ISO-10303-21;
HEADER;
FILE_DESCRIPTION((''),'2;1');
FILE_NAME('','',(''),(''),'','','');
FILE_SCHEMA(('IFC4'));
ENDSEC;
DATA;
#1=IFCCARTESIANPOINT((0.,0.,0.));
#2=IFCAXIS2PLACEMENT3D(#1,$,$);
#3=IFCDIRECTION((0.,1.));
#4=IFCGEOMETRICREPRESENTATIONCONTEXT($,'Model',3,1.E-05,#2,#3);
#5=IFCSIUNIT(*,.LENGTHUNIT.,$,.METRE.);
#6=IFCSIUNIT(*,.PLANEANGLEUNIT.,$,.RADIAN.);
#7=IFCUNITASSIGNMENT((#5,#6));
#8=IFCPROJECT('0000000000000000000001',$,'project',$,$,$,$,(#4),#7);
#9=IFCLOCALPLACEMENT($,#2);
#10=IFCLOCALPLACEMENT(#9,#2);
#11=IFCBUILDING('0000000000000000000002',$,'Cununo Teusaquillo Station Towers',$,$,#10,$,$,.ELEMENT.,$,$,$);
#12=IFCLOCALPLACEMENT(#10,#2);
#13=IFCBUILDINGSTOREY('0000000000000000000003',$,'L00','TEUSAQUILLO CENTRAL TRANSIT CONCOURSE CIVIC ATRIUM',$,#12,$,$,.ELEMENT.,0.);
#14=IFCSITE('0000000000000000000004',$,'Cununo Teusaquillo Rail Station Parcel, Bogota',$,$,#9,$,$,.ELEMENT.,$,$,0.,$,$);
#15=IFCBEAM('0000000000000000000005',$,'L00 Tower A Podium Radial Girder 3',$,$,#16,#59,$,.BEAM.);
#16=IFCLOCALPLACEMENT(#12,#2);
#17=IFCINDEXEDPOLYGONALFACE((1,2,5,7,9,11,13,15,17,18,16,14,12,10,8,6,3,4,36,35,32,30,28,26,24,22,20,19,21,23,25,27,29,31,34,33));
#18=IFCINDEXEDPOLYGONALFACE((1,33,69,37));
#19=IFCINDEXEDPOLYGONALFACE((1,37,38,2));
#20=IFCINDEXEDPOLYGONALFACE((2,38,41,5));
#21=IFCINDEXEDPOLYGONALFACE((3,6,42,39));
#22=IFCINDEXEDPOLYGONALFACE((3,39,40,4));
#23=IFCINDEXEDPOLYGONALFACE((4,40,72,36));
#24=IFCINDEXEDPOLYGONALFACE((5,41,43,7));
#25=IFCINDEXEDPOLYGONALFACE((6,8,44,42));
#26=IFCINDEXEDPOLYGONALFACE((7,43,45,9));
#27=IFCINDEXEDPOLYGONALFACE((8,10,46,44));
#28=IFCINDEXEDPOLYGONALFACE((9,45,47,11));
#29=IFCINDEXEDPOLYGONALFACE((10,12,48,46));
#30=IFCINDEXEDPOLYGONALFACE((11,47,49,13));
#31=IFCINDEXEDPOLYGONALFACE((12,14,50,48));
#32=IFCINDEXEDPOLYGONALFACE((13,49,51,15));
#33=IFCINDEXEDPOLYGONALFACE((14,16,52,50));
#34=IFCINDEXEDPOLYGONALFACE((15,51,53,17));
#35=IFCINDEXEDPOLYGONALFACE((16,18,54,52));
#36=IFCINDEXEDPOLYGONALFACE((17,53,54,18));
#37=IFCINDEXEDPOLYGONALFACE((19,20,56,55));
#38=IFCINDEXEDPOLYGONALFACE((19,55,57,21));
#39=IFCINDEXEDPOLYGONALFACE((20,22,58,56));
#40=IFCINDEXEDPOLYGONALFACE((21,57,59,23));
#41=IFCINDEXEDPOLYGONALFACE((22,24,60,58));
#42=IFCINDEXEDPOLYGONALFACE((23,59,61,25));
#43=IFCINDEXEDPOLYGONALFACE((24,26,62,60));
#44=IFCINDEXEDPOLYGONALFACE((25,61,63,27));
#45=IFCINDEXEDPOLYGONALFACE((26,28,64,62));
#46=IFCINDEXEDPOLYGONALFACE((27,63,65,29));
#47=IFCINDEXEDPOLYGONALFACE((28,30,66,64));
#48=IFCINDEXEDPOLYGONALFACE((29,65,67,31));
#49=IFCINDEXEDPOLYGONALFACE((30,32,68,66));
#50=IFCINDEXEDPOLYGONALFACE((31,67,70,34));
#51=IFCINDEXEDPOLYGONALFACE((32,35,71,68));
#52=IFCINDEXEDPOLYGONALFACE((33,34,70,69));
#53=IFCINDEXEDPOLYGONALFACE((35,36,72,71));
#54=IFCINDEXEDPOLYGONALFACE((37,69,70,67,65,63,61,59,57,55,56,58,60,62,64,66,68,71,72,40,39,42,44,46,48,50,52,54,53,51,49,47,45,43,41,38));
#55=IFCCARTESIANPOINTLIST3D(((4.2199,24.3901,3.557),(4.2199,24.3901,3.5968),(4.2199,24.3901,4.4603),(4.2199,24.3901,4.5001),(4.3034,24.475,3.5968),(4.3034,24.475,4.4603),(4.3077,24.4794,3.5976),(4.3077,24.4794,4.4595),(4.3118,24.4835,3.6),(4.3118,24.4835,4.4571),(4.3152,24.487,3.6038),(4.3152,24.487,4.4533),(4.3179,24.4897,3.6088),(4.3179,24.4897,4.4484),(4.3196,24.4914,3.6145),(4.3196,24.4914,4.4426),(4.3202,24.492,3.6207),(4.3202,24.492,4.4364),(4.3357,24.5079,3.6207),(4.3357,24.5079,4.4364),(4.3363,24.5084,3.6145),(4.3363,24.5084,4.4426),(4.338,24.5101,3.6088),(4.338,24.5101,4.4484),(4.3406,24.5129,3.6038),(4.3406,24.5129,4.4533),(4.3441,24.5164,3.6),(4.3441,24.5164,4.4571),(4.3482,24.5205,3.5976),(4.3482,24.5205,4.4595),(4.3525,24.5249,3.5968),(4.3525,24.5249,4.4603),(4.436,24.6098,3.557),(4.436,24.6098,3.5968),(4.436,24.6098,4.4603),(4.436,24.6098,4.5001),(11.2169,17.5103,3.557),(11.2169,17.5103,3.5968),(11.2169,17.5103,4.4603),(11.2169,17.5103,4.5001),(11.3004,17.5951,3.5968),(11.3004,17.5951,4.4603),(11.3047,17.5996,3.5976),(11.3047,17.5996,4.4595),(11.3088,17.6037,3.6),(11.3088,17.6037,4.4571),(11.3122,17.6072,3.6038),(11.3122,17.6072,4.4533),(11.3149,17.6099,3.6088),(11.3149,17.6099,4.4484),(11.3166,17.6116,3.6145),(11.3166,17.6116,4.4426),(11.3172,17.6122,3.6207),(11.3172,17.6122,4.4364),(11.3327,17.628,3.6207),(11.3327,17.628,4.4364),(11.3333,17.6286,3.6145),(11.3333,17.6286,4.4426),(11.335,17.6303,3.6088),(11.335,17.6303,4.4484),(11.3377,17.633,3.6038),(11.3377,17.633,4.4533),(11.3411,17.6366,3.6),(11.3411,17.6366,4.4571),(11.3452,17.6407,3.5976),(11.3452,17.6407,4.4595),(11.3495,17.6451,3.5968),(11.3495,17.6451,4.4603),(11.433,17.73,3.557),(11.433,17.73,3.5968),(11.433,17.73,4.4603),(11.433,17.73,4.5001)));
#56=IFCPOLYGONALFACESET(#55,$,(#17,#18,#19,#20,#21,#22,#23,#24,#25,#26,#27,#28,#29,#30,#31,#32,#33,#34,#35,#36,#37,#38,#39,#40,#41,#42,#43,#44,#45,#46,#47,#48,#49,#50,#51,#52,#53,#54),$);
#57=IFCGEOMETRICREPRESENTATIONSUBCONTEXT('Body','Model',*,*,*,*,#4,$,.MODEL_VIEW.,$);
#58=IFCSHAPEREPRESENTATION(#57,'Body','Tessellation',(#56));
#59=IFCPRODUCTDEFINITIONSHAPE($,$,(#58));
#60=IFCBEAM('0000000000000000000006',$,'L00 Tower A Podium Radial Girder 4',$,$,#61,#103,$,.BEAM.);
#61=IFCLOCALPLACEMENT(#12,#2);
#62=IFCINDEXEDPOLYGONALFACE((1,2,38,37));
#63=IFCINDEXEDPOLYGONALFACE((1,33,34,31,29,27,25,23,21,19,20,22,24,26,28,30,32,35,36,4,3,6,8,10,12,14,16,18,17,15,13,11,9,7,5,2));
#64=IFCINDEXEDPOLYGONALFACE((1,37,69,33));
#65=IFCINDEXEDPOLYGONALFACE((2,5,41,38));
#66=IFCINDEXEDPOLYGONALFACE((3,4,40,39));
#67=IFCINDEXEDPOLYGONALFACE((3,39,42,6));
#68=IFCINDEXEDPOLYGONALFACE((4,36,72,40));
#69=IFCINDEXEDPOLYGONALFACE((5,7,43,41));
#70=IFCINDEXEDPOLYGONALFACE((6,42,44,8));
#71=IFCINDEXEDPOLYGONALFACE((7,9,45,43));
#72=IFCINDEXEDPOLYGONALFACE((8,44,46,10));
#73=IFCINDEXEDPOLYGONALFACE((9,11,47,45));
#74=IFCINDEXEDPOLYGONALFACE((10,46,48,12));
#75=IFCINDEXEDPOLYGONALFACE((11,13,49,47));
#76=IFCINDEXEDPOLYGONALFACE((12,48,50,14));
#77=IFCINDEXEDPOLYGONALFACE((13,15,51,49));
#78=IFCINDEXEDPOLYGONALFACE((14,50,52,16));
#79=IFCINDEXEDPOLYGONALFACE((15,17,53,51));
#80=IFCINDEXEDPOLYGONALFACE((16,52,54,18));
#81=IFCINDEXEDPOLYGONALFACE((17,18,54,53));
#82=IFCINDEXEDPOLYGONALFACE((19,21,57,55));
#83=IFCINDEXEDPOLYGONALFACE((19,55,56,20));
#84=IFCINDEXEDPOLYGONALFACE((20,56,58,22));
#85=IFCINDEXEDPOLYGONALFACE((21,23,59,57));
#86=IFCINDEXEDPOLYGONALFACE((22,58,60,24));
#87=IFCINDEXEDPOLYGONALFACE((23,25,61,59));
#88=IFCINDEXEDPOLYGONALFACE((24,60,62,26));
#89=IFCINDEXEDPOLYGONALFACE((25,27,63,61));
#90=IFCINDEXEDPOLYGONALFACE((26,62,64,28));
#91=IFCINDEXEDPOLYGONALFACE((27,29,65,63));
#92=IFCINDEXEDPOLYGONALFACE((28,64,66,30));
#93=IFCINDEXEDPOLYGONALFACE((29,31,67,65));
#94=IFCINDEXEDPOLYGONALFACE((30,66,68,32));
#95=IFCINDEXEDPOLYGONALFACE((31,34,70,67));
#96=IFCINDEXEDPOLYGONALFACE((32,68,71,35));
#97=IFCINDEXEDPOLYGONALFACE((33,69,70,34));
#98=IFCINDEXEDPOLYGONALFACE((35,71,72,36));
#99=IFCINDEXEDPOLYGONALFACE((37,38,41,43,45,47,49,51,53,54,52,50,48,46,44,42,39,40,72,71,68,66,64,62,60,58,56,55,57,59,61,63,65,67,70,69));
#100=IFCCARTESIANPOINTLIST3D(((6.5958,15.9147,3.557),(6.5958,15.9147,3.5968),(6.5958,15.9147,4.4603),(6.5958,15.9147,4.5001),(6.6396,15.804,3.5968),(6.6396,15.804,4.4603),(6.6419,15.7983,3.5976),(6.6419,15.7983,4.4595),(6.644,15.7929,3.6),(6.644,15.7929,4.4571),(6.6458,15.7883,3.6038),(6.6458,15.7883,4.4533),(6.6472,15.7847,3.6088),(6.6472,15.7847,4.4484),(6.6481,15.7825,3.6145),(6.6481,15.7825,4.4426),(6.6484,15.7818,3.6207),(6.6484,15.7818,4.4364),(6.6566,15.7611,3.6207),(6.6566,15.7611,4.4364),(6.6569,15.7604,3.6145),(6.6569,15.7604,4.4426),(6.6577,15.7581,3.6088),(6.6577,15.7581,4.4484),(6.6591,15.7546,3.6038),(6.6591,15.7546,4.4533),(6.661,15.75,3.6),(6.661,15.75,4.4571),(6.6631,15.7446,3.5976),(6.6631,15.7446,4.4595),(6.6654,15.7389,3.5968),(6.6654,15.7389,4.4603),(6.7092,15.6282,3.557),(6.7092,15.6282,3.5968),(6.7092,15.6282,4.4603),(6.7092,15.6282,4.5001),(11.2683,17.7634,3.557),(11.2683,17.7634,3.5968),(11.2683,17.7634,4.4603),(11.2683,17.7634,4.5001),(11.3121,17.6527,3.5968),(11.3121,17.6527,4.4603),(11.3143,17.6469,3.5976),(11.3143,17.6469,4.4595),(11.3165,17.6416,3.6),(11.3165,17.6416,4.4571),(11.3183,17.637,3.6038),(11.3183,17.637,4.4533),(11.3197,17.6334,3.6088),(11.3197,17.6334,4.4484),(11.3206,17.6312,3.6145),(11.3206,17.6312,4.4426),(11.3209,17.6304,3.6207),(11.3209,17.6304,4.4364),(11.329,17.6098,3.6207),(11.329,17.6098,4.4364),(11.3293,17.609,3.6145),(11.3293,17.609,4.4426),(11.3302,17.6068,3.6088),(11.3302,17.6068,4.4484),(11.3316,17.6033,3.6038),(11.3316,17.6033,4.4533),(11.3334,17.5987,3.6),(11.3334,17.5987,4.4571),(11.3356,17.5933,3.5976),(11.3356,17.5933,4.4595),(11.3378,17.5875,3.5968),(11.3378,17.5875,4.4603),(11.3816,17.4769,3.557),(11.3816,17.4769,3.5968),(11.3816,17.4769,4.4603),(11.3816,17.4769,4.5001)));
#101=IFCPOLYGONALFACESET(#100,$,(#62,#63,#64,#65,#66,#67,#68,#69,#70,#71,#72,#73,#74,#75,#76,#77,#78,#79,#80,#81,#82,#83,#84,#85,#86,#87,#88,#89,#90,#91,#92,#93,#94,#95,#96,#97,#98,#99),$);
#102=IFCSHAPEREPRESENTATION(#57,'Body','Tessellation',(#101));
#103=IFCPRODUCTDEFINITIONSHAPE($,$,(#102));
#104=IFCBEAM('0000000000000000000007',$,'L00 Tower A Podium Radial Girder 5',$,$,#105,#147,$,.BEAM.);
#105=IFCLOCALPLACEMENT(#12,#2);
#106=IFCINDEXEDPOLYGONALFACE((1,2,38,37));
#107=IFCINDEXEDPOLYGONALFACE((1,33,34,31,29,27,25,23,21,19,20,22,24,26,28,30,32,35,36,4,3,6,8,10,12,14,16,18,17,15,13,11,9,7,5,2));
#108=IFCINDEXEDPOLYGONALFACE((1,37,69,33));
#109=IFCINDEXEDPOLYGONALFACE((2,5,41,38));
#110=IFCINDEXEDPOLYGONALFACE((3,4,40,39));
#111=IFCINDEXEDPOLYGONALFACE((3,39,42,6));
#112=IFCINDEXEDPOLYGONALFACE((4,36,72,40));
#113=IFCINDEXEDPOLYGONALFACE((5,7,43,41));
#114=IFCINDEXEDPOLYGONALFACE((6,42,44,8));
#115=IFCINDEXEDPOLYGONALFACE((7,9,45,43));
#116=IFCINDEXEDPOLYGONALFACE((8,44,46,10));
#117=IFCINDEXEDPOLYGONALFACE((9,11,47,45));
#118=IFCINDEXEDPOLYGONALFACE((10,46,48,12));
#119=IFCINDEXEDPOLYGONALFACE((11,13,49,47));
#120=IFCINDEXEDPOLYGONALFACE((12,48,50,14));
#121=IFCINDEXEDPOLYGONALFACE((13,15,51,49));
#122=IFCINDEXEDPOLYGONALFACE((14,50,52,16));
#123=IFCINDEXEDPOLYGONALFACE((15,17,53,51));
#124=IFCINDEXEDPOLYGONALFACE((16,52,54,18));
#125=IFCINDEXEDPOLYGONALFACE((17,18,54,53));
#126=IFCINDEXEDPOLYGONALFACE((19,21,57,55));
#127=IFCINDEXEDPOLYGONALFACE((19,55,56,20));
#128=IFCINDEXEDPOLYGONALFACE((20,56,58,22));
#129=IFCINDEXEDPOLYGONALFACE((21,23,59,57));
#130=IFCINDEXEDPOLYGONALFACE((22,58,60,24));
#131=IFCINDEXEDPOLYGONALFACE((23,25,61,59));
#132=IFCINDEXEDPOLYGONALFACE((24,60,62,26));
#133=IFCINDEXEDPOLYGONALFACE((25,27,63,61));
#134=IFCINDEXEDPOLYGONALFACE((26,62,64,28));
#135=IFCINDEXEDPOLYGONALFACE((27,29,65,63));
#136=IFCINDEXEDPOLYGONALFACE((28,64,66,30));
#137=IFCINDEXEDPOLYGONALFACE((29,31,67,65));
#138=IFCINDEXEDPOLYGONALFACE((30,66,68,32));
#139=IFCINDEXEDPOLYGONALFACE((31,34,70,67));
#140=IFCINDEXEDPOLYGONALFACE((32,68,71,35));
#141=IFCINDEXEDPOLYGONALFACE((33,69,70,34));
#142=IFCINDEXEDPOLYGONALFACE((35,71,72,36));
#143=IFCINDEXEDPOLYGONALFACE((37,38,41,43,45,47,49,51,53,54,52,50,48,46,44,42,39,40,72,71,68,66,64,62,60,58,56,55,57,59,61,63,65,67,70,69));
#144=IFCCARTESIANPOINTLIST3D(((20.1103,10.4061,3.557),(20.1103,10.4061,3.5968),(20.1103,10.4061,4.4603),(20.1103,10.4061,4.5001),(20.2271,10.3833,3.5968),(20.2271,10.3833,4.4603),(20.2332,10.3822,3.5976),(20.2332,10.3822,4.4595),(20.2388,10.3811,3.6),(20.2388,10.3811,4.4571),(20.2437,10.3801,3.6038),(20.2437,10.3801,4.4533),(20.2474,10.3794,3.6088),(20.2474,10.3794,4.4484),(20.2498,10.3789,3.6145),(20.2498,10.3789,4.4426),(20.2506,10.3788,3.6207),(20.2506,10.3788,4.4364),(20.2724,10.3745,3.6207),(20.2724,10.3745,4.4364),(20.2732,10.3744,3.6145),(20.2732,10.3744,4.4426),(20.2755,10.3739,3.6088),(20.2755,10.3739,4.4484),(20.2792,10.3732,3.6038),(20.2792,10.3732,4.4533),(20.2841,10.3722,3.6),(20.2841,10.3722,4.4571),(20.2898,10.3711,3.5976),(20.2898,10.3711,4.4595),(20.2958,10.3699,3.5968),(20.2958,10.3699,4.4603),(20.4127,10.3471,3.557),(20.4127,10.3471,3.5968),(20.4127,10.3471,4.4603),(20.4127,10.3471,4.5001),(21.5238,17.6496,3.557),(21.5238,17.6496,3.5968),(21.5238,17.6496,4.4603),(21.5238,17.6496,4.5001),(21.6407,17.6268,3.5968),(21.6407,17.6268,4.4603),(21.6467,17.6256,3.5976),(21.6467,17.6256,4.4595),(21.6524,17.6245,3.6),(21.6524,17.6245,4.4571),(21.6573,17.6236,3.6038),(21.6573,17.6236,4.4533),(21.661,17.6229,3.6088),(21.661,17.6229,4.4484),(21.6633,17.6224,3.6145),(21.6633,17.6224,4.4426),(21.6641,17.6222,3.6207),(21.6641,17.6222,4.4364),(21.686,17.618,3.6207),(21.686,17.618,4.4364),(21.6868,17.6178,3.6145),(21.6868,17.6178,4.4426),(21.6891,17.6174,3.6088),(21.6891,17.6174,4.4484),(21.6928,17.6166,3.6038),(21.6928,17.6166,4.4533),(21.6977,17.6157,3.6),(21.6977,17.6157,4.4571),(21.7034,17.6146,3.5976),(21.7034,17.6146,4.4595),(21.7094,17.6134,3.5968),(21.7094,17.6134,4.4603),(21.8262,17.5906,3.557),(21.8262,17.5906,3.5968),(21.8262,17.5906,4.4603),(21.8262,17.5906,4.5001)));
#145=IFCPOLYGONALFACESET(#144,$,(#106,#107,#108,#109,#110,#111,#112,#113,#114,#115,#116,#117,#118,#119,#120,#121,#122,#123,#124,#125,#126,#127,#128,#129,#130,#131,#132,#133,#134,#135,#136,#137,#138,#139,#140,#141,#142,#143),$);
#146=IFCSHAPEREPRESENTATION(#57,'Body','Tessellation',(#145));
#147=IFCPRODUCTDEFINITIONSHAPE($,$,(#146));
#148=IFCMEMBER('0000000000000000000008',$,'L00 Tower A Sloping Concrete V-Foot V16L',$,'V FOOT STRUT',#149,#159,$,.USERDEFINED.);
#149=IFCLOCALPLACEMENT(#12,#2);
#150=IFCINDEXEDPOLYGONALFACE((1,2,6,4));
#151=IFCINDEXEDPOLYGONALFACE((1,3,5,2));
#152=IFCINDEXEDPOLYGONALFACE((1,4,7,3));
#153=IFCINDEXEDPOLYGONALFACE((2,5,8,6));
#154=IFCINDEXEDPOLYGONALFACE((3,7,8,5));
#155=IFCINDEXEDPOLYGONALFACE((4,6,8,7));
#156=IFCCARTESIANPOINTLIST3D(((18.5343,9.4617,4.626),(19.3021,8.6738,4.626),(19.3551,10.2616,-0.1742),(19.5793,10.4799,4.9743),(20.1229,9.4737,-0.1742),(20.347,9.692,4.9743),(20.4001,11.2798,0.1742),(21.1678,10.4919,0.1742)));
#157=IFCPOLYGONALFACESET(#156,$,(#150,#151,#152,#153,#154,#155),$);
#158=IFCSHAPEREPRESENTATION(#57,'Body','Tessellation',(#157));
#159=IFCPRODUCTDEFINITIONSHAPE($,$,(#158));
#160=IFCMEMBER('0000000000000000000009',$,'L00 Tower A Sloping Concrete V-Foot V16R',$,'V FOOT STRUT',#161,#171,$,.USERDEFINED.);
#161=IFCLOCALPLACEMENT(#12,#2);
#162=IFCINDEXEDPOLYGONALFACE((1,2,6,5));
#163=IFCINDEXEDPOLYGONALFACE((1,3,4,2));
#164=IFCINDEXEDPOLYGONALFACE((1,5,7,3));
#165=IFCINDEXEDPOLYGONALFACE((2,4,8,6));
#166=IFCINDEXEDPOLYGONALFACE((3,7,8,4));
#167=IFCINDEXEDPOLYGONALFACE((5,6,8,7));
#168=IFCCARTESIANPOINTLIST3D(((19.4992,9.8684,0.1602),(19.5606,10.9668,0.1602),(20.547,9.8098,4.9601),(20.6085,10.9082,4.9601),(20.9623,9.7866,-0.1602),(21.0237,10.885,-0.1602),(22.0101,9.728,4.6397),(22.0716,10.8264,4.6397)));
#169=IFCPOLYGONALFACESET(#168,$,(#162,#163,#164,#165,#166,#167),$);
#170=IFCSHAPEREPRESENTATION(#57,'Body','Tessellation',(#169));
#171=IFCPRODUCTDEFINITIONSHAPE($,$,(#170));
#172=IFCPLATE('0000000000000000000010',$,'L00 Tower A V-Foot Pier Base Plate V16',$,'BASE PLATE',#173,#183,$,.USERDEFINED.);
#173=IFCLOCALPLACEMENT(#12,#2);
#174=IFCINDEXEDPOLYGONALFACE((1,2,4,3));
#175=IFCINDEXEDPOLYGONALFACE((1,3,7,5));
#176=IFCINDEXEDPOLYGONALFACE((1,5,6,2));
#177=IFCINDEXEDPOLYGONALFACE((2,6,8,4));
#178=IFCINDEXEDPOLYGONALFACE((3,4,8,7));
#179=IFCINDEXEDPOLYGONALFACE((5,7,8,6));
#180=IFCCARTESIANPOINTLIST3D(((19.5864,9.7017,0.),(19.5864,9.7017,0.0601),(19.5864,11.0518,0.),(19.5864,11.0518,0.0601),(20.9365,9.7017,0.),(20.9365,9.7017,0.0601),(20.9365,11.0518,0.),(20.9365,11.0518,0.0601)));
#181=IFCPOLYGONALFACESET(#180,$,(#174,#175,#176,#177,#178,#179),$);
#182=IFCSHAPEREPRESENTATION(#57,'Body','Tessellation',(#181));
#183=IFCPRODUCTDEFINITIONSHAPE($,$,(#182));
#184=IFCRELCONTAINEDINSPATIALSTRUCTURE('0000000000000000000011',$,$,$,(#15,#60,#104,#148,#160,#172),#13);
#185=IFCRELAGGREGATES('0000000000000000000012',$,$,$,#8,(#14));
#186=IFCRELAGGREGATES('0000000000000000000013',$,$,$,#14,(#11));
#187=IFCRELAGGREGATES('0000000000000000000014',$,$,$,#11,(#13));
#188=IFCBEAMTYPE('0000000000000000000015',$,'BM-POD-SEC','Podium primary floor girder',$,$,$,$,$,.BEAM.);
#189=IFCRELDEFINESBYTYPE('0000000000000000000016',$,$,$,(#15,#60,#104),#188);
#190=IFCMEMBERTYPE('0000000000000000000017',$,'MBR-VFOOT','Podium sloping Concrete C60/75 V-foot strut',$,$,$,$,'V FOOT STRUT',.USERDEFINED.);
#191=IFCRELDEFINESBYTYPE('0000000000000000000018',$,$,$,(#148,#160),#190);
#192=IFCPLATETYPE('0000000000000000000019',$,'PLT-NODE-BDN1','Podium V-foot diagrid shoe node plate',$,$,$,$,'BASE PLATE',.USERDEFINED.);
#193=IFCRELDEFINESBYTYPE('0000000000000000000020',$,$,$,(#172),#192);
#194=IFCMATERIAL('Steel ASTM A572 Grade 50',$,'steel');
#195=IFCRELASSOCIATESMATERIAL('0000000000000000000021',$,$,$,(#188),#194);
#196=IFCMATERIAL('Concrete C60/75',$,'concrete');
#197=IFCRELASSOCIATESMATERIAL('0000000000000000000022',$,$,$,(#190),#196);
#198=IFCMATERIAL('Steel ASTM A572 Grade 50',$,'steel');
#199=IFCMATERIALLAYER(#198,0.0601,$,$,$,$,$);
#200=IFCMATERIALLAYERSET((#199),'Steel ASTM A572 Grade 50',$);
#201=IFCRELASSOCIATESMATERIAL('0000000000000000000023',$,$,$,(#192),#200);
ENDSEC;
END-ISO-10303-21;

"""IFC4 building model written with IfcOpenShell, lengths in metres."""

from ifc_helpers import new_model, si_unit, direction, frame, origin, origin_2d, place, context, subcontext, project, spatial, rectangle, i_section, extrude, source, transform, mapped, material, layer, layer_set, material_profile, profile_set, type_object, element, save


model = new_model("IFC4")

# Units and contexts
model_context = context("Model", 3, precision=1e-05, world=origin(), true_north=direction((0.0, 1.0)))
body_context = subcontext(model_context, "Body", "Model", "MODEL_VIEW")
ifc_project = project(units=[si_unit("LENGTHUNIT", "METRE"), si_unit("PLANEANGLEUNIT", "RADIAN")], contexts=[model_context])

# Site, building, storey
site_placement = place(None, origin())
site = spatial("IfcSite", under=ifc_project, at=site_placement, Name="Cununo Teusaquillo Rail Station Parcel, Bogota", CompositionType="ELEMENT", RefElevation=0.0)
building_placement = place(site_placement, origin())
building = spatial("IfcBuilding", under=site, at=building_placement, Name="Cununo Teusaquillo Station Towers", CompositionType="ELEMENT")
storey_placement = place(building_placement, origin())
storey = spatial("IfcBuildingStorey", under=building, at=storey_placement, Name="L00", Description="TEUSAQUILLO CENTRAL TRANSIT CONCOURSE CIVIC ATRIUM", CompositionType="ELEMENT", Elevation=0.0)

# Beams
ifc_material_1 = material(Name="Steel ASTM A572 Grade 50", Category="steel")
ifc_material_profile_1 = material_profile(ifc_material_1, i_section(OverallWidth=0.3081, OverallDepth=0.9431, WebThickness=0.0222, FlangeThickness=0.0398, FilletRadius=0.0239, at=origin_2d()), Name="W36X232")
ifc_profile_set_1 = profile_set([ifc_material_profile_1], Name="Steel ASTM A572 Grade 50")
beam_type_1 = type_object("IfcBeamType", Name="BM-POD-SEC", Description="Podium primary floor girder", PredefinedType="BEAM", material=ifc_profile_set_1)
beam_1_placement = place(storey_placement, frame((11.325, 17.6201, 4.0286), z_axis=(-0.713053, 0.70111, 0.0), x_axis=(-0.70111, -0.713053, 0.0)))
element("IfcBeam", 1, at=beam_1_placement, inside=storey, type_object=beam_type_1, Name="L00 Tower A Podium Radial Girder 3", PredefinedType="BEAM", context=body_context, shape_type="SweptSolid", body=[
    extrude(i_section(OverallWidth=0.3081, OverallDepth=0.9431, WebThickness=0.0222, FlangeThickness=0.0398, FilletRadius=0.0239, at=origin_2d()), origin(), (0.0, 0.0, 1.0), 9.8127),
])
beam_2_placement = place(storey_placement, frame((11.325, 17.6201, 4.0286), z_axis=(-0.929864, -0.367903, 0.0), x_axis=(0.367903, -0.929864, 0.0)))
element("IfcBeam", 2, at=beam_2_placement, inside=storey, type_object=beam_type_1, Name="L00 Tower A Podium Radial Girder 4", PredefinedType="BEAM", context=body_context, shape_type="SweptSolid", body=[
    extrude(i_section(OverallWidth=0.3081, OverallDepth=0.9431, WebThickness=0.0222, FlangeThickness=0.0398, FilletRadius=0.0239, at=origin_2d()), origin(), (0.0, 0.0, 1.0), 5.0249),
])
beam_3_placement = place(storey_placement, frame((21.675, 17.6201, 4.0286), z_axis=(-0.19154, -0.981485, 0.0), x_axis=(0.981485, -0.19154, 0.0)))
element("IfcBeam", 3, at=beam_3_placement, inside=storey, type_object=beam_type_1, Name="L00 Tower A Podium Radial Girder 5", PredefinedType="BEAM", context=body_context, shape_type="SweptSolid", body=[
    extrude(i_section(OverallWidth=0.3081, OverallDepth=0.9431, WebThickness=0.0222, FlangeThickness=0.0398, FilletRadius=0.0239, at=origin_2d()), origin(), (0.0, 0.0, 1.0), 7.3801),
])

# Members
ifc_material_2 = material(Name="Concrete C60/75", Category="concrete")
ifc_material_profile_2 = material_profile(ifc_material_2, rectangle(XDim=1.1001, YDim=1.5, at=origin_2d()), Name="RC-RECT-1500x1100")
ifc_profile_set_2 = profile_set([ifc_material_profile_2], Name="Concrete C60/75")
member_type = type_object("IfcMemberType", Name="MBR-VFOOT", Description="Podium sloping Concrete C60/75 V-foot strut", ElementType="V FOOT STRUT", PredefinedType="USERDEFINED", material=ifc_profile_set_2)
member_1_placement = place(storey_placement, frame((20.2615, 10.3767, 0.0), z_axis=(-0.166324, -0.162069, 0.972661), x_axis=(0.697887, -0.716208, 0.0)))
element("IfcMember", 4, at=member_1_placement, inside=storey, type_object=member_type, Name="L00 Tower A Sloping Concrete V-Foot V16L", ObjectType="V FOOT STRUT", PredefinedType="USERDEFINED", context=body_context, shape_type="SweptSolid", body=[
    extrude(rectangle(XDim=1.1001, YDim=1.5, at=origin_2d()), origin(), (0.0, 0.0, 1.0), 4.9351),
])
member_2_placement = place(storey_placement, frame((20.2615, 10.3767, 0.0), z_axis=(0.213262, -0.011925, 0.976922), x_axis=(0.055831, 0.99844, 0.0)))
element("IfcMember", 5, at=member_2_placement, inside=storey, type_object=member_type, Name="L00 Tower A Sloping Concrete V-Foot V16R", ObjectType="V FOOT STRUT", PredefinedType="USERDEFINED", context=body_context, shape_type="SweptSolid", body=[
    extrude(rectangle(XDim=1.1001, YDim=1.5, at=origin_2d()), origin(), (0.0, 0.0, 1.0), 4.9133),
])

# Plate
ifc_material_3 = material(Name="Steel ASTM A572 Grade 50", Category="steel")
ifc_layer_1 = layer(ifc_material_3, 0.0601)
ifc_layer_set_1 = layer_set([ifc_layer_1], Name="Steel ASTM A572 Grade 50")
plate_type = type_object("IfcPlateType", Name="PLT-NODE-BDN1", Description="Podium V-foot diagrid shoe node plate", ElementType="BASE PLATE", PredefinedType="USERDEFINED", material=ifc_layer_set_1)
shared_shape_1 = source(origin(), body_context, "Body", "SweptSolid", [
    extrude(rectangle(XDim=1.3501, YDim=1.3501, at=origin_2d()), origin(), (0.0, 0.0, 1.0), 0.0601),
])
plate_placement = place(storey_placement, frame((20.2615, 10.3767, 0.0), z_axis=(0.0, 0.0, 1.0), x_axis=(1.0, 0.0, 0.0)))
element("IfcPlate", 6, at=plate_placement, inside=storey, type_object=plate_type, Name="L00 Tower A V-Foot Pier Base Plate V16", ObjectType="BASE PLATE", PredefinedType="USERDEFINED", context=body_context, shape_type="MappedRepresentation", body=[
    mapped(shared_shape_1, transform((0.0, 0.0, 0.0), x_axis=(1.0, 0.0, 0.0), y_axis=(0.0, 1.0, 0.0), z_axis=(0.0, 0.0, 1.0), scale=1.0)),
])

save(model, "model.ifc")
